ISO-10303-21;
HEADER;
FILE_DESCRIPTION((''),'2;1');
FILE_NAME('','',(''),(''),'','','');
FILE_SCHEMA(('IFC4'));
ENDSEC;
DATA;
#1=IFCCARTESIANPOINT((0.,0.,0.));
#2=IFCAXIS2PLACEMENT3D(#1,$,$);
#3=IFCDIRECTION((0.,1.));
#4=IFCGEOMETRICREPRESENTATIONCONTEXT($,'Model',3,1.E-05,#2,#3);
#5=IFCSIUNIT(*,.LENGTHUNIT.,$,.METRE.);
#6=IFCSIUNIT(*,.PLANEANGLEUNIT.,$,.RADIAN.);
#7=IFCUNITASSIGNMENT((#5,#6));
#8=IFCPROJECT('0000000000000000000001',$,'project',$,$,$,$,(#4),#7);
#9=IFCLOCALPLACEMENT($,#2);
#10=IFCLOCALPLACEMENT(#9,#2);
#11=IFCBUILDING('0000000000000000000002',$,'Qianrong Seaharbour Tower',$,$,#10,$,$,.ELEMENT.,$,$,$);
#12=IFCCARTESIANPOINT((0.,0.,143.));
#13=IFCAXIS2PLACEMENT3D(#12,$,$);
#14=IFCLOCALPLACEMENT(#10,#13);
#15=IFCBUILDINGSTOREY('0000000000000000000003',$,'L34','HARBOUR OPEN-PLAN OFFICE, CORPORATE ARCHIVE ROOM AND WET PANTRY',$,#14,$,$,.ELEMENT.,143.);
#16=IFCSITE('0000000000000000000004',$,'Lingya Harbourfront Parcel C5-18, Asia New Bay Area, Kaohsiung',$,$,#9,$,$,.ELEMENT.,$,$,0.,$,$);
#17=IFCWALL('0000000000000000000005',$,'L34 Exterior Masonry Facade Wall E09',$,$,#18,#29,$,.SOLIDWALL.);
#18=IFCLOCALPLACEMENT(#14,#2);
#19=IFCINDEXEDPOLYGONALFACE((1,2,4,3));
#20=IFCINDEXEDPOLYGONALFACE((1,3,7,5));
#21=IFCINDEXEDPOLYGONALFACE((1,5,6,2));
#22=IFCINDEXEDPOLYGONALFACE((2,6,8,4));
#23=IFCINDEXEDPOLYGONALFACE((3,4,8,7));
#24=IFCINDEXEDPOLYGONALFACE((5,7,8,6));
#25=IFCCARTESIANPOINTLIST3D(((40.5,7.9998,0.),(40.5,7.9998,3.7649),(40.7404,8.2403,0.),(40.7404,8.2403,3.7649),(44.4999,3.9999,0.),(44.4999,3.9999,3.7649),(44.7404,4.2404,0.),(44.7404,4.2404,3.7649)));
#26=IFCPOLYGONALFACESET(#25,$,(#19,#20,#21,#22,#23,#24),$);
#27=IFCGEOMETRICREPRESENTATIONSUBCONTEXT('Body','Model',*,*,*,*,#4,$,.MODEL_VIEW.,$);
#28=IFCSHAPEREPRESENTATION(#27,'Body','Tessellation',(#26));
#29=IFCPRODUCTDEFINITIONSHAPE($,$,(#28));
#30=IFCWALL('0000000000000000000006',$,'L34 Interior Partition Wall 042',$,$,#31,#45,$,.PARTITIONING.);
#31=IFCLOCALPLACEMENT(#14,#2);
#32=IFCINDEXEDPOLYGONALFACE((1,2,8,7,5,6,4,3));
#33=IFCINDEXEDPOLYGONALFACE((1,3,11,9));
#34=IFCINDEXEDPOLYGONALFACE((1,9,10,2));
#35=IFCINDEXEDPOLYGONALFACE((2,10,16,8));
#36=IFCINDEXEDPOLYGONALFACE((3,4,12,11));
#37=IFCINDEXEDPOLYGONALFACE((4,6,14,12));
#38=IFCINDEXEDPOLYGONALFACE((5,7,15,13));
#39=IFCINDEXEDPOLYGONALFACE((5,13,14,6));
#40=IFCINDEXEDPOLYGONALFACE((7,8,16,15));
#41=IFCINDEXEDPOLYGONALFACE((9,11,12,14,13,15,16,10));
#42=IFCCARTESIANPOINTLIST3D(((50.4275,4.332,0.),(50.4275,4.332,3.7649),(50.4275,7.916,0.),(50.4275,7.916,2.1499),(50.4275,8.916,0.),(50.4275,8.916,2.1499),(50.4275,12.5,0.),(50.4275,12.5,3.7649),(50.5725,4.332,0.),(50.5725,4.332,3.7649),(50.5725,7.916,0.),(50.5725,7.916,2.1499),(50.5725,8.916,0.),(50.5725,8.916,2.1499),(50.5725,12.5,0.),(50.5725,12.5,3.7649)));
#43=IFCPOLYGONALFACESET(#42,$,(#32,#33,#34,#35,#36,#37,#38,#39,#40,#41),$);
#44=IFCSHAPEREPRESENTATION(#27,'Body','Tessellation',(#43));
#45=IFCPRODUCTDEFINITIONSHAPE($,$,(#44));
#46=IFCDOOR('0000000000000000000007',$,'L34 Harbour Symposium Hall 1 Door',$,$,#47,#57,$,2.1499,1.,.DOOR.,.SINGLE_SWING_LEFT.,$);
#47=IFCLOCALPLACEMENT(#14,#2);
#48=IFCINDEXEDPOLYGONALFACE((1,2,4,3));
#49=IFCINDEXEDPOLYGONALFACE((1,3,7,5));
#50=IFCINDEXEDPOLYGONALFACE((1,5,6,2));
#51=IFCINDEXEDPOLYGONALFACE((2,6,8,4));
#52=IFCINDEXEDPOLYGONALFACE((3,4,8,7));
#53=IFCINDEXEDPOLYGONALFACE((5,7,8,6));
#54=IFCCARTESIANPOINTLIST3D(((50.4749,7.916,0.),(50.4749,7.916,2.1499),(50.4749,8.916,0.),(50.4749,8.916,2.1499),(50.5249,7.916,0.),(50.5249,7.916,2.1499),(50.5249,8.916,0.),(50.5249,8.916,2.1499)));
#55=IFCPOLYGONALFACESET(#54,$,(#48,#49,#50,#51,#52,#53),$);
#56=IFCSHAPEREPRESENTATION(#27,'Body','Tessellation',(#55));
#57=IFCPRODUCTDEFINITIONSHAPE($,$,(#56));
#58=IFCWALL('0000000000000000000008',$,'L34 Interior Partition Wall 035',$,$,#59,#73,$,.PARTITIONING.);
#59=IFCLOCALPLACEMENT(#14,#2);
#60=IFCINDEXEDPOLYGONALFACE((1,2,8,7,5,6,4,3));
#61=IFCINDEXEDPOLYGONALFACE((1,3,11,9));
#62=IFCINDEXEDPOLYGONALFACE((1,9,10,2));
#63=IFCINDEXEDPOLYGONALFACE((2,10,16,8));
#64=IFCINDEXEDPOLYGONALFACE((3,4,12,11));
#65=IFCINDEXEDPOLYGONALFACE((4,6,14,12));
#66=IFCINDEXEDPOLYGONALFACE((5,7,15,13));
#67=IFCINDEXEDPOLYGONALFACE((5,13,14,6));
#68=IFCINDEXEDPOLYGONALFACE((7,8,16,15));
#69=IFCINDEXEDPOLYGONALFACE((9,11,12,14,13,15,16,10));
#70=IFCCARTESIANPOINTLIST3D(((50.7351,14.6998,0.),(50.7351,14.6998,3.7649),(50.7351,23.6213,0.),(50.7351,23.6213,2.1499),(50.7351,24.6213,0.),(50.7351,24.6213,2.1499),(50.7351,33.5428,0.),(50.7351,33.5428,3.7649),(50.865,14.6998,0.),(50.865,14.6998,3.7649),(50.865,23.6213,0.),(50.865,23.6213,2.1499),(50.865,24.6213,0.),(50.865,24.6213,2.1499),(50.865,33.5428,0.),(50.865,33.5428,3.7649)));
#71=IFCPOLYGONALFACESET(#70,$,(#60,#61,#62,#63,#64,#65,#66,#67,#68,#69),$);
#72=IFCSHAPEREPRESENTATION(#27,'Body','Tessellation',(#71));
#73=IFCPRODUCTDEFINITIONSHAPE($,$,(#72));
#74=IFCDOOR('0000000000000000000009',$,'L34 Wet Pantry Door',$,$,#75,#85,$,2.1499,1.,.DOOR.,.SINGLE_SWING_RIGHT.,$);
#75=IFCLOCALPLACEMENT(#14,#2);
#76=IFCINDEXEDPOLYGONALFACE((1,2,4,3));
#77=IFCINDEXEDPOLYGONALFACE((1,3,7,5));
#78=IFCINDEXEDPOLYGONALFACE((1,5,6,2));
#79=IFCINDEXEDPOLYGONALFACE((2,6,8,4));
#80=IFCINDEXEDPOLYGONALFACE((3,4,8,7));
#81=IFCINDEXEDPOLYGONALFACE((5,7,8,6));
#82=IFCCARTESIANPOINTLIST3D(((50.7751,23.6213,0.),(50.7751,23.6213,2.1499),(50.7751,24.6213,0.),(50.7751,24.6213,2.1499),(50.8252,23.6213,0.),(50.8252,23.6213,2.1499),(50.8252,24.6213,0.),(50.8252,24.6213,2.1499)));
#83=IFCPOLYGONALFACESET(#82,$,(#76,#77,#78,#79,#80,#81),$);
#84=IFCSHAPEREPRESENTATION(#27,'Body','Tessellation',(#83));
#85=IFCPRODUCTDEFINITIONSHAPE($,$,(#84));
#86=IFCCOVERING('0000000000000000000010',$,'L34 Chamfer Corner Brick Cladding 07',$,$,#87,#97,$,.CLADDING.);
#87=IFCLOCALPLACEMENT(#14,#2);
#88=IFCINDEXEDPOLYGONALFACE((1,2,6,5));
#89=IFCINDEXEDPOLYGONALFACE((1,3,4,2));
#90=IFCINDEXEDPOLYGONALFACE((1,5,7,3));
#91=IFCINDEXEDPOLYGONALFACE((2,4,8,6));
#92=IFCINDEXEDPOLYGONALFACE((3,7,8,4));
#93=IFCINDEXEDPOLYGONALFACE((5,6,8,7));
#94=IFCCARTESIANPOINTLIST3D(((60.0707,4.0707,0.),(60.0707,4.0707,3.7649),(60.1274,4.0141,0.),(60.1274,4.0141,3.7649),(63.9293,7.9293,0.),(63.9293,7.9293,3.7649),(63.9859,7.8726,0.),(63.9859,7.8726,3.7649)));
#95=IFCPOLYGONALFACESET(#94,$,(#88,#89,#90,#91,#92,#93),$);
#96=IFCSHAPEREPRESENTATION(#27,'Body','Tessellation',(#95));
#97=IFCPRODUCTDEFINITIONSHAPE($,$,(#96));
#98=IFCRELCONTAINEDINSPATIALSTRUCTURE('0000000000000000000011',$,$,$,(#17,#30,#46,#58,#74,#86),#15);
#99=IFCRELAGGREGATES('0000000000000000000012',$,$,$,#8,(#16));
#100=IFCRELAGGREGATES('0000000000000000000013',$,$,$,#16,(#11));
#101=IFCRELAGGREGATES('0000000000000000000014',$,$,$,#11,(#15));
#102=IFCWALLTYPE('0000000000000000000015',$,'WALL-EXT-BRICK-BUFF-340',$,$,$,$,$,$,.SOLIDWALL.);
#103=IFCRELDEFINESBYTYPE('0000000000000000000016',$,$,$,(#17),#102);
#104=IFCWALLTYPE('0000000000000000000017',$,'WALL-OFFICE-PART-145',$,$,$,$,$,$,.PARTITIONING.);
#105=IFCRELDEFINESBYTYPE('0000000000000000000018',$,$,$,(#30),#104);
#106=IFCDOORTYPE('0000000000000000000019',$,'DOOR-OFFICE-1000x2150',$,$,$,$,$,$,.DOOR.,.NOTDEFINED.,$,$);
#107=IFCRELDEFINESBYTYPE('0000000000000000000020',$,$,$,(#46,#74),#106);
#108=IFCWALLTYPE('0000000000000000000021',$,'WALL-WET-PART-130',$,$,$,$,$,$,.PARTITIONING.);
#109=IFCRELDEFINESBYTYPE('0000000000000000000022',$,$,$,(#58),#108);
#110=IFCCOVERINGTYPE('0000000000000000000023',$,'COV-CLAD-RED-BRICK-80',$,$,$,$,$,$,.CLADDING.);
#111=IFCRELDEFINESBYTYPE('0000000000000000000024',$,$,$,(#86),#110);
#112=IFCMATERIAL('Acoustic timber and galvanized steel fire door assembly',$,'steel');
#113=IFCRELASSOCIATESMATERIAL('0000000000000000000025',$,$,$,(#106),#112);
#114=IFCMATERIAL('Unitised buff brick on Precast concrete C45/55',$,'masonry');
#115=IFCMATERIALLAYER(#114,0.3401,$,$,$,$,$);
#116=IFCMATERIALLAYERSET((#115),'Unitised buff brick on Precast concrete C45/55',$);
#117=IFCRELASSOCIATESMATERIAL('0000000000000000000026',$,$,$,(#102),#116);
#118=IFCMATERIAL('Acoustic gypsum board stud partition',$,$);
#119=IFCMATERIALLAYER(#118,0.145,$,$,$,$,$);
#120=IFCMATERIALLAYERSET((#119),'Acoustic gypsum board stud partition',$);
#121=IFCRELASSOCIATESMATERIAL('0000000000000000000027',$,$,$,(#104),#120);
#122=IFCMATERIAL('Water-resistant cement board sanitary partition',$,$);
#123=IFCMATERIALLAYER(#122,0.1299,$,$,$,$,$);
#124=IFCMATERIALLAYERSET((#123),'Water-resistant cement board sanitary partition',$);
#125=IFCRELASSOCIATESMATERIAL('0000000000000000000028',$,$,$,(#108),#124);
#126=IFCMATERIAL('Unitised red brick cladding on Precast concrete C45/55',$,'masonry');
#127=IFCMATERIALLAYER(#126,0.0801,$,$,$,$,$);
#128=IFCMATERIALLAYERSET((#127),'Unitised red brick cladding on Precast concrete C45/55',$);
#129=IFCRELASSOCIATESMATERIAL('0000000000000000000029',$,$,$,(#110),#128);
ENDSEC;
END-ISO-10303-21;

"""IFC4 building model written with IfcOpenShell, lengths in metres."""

from ifc_helpers import new_model, si_unit, direction, frame, frame_2d, origin, origin_2d, place, context, subcontext, project, spatial, rectangle, extrude, material, layer, layer_set, type_object, element, fill, save


model = new_model("IFC4")

# Units and contexts
model_context = context("Model", 3, precision=1e-05, world=origin(), true_north=direction((0.0, 1.0)))
body_context = subcontext(model_context, "Body", "Model", "MODEL_VIEW")
ifc_project = project(units=[si_unit("LENGTHUNIT", "METRE"), si_unit("PLANEANGLEUNIT", "RADIAN")], contexts=[model_context])

# Site, building, storey
site_placement = place(None, origin())
site = spatial("IfcSite", under=ifc_project, at=site_placement, Name="Lingya Harbourfront Parcel C5-18, Asia New Bay Area, Kaohsiung", CompositionType="ELEMENT", RefElevation=0.0)
building_placement = place(site_placement, origin())
building = spatial("IfcBuilding", under=site, at=building_placement, Name="Qianrong Seaharbour Tower", CompositionType="ELEMENT")
storey_placement = place(building_placement, frame((0.0, 0.0, 143.0)))
storey = spatial("IfcBuildingStorey", under=building, at=storey_placement, Name="L34", Description="HARBOUR OPEN-PLAN OFFICE, CORPORATE ARCHIVE ROOM AND WET PANTRY", CompositionType="ELEMENT", Elevation=143.0)

# Shared definitions
ifc_material_1 = material(Name="Acoustic timber and galvanized steel fire door assembly", Category="steel")
door_type_1 = type_object("IfcDoorType", Name="DOOR-OFFICE-1000x2150", OperationType="NOTDEFINED", PredefinedType="DOOR", material=ifc_material_1)

# Shared definitions
ifc_material_2 = material(Name="Unitised buff brick on Precast concrete C45/55", Category="masonry")
ifc_layer_1 = layer(ifc_material_2, 0.3401)
ifc_layer_set_1 = layer_set([ifc_layer_1], Name="Unitised buff brick on Precast concrete C45/55")
wall_type_1 = type_object("IfcWallType", Name="WALL-EXT-BRICK-BUFF-340", PredefinedType="SOLIDWALL", material=ifc_layer_set_1)

# Wall
wall_1_placement = place(storey_placement, frame((44.6201, 4.1201, 0.0), z_axis=(0.0, 0.0, 1.0), x_axis=(-0.707107, 0.707107, 0.0)))
element("IfcWall", 1, at=wall_1_placement, inside=storey, type_object=wall_type_1, Name="L34 Exterior Masonry Facade Wall E09", PredefinedType="SOLIDWALL", context=body_context, shape_type="SweptSolid", body=[
    extrude(rectangle(XDim=5.6567, YDim=0.3401, at=frame_2d((2.8284, 0.0))), origin(), (0.0, 0.0, 1.0), 3.7649),
])

# Walls, openings, doors
ifc_material_3 = material(Name="Acoustic gypsum board stud partition")
ifc_layer_2 = layer(ifc_material_3, 0.145)
ifc_layer_set_2 = layer_set([ifc_layer_2], Name="Acoustic gypsum board stud partition")
wall_type_2 = type_object("IfcWallType", Name="WALL-OFFICE-PART-145", PredefinedType="PARTITIONING", material=ifc_layer_set_2)
wall_2_placement = place(storey_placement, frame((50.5, 12.5, 0.0), z_axis=(0.0, 0.0, 1.0), x_axis=(0.0, -1.0, 0.0)))
wall_2 = element("IfcWall", 2, at=wall_2_placement, inside=storey, type_object=wall_type_2, Name="L34 Interior Partition Wall 042", PredefinedType="PARTITIONING", context=body_context, shape_type="SweptSolid", body=[
    extrude(rectangle(XDim=8.168, YDim=0.145, at=frame_2d((4.084, 0.0))), origin(), (0.0, 0.0, 1.0), 3.7649),
])
opening_1_placement = place(wall_2_placement, frame((3.584, 0.0, 0.0)))
opening_1 = element("IfcOpeningElement", 3, at=opening_1_placement, cuts=wall_2, PredefinedType="OPENING", context=body_context, shape_type="SweptSolid", body=[
    extrude(rectangle(XDim=1.0, YDim=2.1499, at=frame_2d((0.5, 1.075))), frame((0.0, 0.0825, 0.0), z_axis=(0.0, -1.0, 0.0), x_axis=(1.0, 0.0, 0.0)), (0.0, 0.0, 1.0), 0.165),
])
door_1_placement = place(opening_1_placement, origin())
door_1 = element("IfcDoor", 4, at=door_1_placement, inside=storey, type_object=door_type_1, Name="L34 Harbour Symposium Hall 1 Door", OperationType="SINGLE_SWING_LEFT", OverallHeight=2.1499, OverallWidth=1.0, PredefinedType="DOOR", context=body_context, shape_type="SweptSolid", body=[
    extrude(rectangle(XDim=1.0, YDim=2.1499, at=frame_2d((0.5, 1.075))), frame((0.0, 0.0249, 0.0), z_axis=(0.0, -1.0, 0.0), x_axis=(1.0, 0.0, 0.0)), (0.0, 0.0, 1.0), 0.05),
])
fill(opening_1, door_1)
ifc_material_4 = material(Name="Water-resistant cement board sanitary partition")
ifc_layer_3 = layer(ifc_material_4, 0.1299)
ifc_layer_set_3 = layer_set([ifc_layer_3], Name="Water-resistant cement board sanitary partition")
wall_type_3 = type_object("IfcWallType", Name="WALL-WET-PART-130", PredefinedType="PARTITIONING", material=ifc_layer_set_3)
wall_3_placement = place(storey_placement, frame((50.8, 14.7, 0.0), z_axis=(0.0, 0.0, 1.0), x_axis=(0.0, 1.0, 0.0)))
wall_3 = element("IfcWall", 5, at=wall_3_placement, inside=storey, type_object=wall_type_3, Name="L34 Interior Partition Wall 035", PredefinedType="PARTITIONING", context=body_context, shape_type="SweptSolid", body=[
    extrude(rectangle(XDim=18.843, YDim=0.1299, at=frame_2d((9.4214, 0.0))), origin(), (0.0, 0.0, 1.0), 3.7649),
])
opening_2_placement = place(wall_3_placement, frame((8.9214, 0.0, 0.0)))
opening_2 = element("IfcOpeningElement", 6, at=opening_2_placement, cuts=wall_3, PredefinedType="OPENING", context=body_context, shape_type="SweptSolid", body=[
    extrude(rectangle(XDim=1.0, YDim=2.1499, at=frame_2d((0.5, 1.075))), frame((0.0, 0.075, 0.0), z_axis=(0.0, -1.0, 0.0), x_axis=(1.0, 0.0, 0.0)), (0.0, 0.0, 1.0), 0.1499),
])
door_2_placement = place(opening_2_placement, origin())
door_2 = element("IfcDoor", 7, at=door_2_placement, inside=storey, type_object=door_type_1, Name="L34 Wet Pantry Door", OperationType="SINGLE_SWING_RIGHT", OverallHeight=2.1499, OverallWidth=1.0, PredefinedType="DOOR", context=body_context, shape_type="SweptSolid", body=[
    extrude(rectangle(XDim=1.0, YDim=2.1499, at=frame_2d((0.5, 1.075))), frame((0.0, 0.0249, 0.0), z_axis=(0.0, -1.0, 0.0), x_axis=(1.0, 0.0, 0.0)), (0.0, 0.0, 1.0), 0.05),
])
fill(opening_2, door_2)

# Covering
ifc_material_5 = material(Name="Unitised red brick cladding on Precast concrete C45/55", Category="masonry")
ifc_layer_4 = layer(ifc_material_5, 0.0801)
ifc_layer_set_4 = layer_set([ifc_layer_4], Name="Unitised red brick cladding on Precast concrete C45/55")
covering_type = type_object("IfcCoveringType", Name="COV-CLAD-RED-BRICK-80", PredefinedType="CLADDING", material=ifc_layer_set_4)
covering_placement = place(storey_placement, frame((62.0283, 5.9717, 0.0), z_axis=(0.0, 0.0, 1.0), x_axis=(-0.707107, -0.707107, 0.0)))
element("IfcCovering", 8, at=covering_placement, inside=storey, type_object=covering_type, Name="L34 Chamfer Corner Brick Cladding 07", PredefinedType="CLADDING", context=body_context, shape_type="SweptSolid", body=[
    extrude(rectangle(XDim=5.4568, YDim=0.0801, at=origin_2d()), origin(), (0.0, 0.0, 1.0), 3.7649),
])

save(model, "model.ifc")
